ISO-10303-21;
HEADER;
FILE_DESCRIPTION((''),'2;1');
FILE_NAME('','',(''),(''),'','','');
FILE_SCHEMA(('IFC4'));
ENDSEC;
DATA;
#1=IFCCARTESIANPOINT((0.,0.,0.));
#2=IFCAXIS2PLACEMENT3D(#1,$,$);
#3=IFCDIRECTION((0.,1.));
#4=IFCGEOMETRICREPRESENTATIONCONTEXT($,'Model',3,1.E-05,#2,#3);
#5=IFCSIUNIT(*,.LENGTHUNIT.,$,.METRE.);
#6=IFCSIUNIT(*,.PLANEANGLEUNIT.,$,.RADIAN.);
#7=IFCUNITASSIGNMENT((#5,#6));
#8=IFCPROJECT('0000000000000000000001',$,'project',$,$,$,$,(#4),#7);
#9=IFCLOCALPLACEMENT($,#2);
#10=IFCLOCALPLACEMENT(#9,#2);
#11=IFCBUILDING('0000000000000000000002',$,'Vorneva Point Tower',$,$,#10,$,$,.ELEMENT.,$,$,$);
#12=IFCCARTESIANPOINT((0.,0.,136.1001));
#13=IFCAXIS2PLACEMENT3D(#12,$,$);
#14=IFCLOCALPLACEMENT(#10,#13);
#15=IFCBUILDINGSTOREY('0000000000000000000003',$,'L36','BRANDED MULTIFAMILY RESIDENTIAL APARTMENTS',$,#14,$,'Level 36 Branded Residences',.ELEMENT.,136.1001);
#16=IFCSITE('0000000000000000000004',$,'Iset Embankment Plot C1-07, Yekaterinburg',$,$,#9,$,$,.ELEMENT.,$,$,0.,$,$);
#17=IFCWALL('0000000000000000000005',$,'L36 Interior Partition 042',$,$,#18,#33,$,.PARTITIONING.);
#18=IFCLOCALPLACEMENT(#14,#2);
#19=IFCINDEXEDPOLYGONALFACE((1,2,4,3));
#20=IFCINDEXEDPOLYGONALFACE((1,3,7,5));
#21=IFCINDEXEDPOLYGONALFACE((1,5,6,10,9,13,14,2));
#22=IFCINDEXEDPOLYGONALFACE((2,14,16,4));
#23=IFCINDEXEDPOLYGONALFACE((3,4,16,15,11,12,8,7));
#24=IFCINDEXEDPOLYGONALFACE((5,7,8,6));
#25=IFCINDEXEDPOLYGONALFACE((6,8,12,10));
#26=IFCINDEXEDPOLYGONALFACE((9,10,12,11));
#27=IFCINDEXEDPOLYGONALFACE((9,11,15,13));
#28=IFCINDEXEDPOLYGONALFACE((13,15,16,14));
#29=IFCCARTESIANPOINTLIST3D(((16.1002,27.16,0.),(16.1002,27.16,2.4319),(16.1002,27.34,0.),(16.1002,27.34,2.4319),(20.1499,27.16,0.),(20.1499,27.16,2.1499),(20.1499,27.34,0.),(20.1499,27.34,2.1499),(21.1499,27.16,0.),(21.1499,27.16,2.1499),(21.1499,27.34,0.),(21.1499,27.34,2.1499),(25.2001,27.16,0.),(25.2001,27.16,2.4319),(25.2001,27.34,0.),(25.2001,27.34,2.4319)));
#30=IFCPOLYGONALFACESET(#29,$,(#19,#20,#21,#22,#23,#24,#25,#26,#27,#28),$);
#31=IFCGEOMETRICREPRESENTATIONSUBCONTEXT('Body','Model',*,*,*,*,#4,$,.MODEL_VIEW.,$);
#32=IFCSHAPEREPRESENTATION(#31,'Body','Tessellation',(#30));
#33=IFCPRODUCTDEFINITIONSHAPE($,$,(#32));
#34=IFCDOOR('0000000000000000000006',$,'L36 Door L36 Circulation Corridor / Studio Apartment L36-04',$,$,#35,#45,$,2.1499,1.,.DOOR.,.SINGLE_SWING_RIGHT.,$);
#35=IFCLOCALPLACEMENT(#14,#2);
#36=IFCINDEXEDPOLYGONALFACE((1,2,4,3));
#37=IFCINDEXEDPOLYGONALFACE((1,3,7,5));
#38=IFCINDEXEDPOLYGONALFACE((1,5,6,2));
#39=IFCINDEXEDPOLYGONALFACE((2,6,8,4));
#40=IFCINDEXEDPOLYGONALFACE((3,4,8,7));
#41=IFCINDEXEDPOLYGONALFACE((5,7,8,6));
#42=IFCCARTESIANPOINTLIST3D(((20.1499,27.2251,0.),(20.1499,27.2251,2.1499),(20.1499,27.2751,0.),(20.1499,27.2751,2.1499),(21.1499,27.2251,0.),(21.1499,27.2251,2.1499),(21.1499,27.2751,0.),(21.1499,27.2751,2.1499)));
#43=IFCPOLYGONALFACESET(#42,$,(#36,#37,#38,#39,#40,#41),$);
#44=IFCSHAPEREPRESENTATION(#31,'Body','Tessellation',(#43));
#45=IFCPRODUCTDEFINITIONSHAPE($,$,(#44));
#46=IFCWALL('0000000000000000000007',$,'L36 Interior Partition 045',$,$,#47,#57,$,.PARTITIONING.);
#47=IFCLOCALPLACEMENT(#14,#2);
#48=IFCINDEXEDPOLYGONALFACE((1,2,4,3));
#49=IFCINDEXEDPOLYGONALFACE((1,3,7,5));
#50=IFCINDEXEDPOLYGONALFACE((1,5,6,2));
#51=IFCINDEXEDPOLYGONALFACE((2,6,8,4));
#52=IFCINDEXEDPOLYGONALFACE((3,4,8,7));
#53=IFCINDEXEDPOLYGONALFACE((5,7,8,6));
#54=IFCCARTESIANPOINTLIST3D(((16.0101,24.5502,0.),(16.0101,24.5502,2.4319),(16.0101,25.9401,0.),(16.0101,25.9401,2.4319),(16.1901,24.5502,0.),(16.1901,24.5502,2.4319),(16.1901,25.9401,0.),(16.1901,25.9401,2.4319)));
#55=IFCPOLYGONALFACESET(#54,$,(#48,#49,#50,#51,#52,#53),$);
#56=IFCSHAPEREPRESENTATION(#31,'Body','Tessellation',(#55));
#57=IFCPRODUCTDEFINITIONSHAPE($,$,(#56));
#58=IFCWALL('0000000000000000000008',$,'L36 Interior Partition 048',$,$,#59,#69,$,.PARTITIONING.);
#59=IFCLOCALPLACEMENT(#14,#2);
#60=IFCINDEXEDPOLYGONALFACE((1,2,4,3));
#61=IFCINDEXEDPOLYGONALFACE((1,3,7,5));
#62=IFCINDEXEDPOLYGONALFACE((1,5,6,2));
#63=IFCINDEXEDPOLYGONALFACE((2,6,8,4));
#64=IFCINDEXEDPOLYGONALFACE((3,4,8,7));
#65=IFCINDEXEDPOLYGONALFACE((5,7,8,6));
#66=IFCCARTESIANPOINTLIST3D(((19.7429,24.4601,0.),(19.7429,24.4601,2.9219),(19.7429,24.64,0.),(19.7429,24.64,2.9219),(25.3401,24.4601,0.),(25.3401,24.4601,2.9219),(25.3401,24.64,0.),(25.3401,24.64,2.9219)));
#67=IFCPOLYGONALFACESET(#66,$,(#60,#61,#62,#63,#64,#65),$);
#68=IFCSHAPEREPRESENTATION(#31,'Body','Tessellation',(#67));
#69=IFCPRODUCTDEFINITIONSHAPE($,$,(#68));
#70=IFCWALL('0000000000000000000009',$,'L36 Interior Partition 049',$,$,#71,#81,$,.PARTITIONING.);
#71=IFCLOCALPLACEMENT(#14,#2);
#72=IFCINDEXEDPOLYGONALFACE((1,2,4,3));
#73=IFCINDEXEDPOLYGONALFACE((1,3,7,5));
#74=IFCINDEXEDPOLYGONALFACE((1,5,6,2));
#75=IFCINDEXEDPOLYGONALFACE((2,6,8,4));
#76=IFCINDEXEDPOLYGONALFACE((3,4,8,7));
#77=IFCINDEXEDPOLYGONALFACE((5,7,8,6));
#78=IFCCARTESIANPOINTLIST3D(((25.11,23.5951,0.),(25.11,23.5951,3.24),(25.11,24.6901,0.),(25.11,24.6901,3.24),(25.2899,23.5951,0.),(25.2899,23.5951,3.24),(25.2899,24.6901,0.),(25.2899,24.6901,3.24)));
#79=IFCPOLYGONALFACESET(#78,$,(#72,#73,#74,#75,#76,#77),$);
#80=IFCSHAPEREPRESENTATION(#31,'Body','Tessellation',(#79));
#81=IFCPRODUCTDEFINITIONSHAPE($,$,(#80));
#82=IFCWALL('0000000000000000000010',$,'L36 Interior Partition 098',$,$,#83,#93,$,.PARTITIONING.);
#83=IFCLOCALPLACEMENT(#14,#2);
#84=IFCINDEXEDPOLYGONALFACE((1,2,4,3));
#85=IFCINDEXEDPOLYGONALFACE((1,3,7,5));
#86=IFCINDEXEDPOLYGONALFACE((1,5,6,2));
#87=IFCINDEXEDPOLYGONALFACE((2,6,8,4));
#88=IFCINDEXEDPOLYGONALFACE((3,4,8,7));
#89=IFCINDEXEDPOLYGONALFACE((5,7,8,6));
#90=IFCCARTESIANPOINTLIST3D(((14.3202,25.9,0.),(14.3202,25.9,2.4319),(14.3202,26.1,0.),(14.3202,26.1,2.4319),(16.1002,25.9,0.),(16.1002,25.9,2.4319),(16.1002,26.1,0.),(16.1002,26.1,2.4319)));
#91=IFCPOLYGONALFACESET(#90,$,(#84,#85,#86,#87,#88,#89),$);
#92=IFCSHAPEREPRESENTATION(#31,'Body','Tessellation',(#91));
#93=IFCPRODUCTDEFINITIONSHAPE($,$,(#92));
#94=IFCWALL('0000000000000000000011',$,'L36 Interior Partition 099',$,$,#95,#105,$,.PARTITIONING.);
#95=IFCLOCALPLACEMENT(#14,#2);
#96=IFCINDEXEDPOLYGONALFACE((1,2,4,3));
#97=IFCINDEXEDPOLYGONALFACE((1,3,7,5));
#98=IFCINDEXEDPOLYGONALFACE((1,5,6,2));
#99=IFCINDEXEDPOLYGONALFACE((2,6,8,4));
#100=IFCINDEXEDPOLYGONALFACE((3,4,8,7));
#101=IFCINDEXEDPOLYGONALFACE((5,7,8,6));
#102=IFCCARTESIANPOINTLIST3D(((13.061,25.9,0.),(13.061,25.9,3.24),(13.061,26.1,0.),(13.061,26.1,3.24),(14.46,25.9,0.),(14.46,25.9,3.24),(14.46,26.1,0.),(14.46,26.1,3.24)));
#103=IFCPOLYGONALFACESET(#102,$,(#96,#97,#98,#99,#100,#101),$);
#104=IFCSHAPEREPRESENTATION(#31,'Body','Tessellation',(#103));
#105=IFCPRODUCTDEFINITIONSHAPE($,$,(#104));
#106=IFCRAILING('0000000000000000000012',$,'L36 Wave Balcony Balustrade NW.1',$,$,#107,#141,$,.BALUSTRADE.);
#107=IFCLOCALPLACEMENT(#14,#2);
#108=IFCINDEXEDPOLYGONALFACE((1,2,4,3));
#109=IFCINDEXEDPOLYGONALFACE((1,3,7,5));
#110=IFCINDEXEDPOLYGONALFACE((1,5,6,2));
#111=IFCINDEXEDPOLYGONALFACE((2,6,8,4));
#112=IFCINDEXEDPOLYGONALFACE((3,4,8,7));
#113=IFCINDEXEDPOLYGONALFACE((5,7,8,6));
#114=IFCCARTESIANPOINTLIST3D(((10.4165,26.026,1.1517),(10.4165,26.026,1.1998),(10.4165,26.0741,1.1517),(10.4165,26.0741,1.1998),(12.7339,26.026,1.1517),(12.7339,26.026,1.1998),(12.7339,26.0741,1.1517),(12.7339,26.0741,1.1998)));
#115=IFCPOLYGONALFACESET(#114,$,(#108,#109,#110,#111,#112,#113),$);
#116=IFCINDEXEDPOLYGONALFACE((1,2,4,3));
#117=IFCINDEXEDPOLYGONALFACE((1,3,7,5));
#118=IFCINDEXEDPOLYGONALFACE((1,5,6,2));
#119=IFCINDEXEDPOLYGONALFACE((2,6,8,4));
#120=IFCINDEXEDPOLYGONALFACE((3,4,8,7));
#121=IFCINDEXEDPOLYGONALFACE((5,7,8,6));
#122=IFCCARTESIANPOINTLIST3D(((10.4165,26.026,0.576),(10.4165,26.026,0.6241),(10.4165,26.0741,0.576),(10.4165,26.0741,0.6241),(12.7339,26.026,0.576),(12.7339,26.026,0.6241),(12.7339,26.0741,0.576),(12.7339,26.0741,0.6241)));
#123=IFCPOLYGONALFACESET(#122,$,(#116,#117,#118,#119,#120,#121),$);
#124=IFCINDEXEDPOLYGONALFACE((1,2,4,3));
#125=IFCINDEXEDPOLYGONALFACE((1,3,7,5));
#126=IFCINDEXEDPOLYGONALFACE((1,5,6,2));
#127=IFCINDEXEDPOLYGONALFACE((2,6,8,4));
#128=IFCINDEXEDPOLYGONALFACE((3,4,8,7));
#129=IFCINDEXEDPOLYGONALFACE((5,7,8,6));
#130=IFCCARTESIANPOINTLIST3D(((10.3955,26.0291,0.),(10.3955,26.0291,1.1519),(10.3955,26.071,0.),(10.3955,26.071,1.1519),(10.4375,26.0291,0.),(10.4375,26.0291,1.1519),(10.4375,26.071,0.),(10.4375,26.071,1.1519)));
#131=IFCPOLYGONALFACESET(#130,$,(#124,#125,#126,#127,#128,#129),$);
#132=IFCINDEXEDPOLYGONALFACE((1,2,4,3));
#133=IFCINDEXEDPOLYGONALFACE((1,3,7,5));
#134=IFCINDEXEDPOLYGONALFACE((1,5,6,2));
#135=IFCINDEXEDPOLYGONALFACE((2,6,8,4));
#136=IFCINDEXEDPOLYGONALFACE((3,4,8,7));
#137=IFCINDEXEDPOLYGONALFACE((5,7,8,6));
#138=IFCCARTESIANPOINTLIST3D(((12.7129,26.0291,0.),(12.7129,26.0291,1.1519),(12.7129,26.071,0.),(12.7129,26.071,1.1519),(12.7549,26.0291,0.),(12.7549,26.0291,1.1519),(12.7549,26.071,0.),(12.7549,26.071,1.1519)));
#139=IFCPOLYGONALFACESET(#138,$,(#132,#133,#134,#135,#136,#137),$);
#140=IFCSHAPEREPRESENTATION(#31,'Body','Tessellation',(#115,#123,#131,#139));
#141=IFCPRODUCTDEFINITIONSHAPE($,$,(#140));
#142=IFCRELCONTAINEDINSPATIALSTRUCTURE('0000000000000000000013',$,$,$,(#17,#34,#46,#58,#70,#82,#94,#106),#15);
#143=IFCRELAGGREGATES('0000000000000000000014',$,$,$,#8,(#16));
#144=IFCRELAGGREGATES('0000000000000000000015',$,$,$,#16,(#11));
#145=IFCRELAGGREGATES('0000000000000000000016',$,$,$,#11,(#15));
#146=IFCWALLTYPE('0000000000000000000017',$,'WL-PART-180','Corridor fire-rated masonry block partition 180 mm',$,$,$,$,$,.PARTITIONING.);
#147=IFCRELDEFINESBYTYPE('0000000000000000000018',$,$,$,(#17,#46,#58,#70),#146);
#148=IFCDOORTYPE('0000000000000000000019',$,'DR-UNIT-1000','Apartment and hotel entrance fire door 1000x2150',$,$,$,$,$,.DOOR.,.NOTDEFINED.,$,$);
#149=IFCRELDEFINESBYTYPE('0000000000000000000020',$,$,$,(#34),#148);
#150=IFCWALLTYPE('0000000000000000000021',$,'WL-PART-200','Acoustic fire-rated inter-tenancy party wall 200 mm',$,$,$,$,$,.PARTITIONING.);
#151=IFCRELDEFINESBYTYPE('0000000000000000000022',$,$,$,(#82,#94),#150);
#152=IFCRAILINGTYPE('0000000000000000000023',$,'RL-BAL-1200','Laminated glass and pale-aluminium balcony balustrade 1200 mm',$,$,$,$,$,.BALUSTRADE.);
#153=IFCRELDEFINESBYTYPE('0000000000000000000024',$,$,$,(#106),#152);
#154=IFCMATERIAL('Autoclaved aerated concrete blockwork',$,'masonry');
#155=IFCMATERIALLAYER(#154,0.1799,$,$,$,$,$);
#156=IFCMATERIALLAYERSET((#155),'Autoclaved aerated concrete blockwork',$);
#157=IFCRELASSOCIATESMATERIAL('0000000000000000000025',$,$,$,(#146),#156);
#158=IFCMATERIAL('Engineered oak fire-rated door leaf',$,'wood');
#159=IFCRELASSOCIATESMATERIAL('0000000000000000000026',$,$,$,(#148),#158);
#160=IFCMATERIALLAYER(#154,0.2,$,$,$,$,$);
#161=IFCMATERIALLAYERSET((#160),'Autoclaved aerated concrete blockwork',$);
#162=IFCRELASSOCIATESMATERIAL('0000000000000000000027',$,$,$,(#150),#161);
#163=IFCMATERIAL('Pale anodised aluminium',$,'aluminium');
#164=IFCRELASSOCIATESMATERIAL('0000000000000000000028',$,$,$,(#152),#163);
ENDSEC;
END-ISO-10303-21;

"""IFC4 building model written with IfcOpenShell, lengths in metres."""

from ifc_helpers import new_model, si_unit, direction, frame, frame_2d, origin, origin_2d, place, context, subcontext, project, spatial, rectangle, extrude, material, layer, layer_set, type_object, element, fill, save


model = new_model("IFC4")

# Units and contexts
model_context = context("Model", 3, precision=1e-05, world=origin(), true_north=direction((0.0, 1.0)))
body_context = subcontext(model_context, "Body", "Model", "MODEL_VIEW")
ifc_project = project(units=[si_unit("LENGTHUNIT", "METRE"), si_unit("PLANEANGLEUNIT", "RADIAN")], contexts=[model_context])

# Site, building, storey
site_placement = place(None, origin())
site = spatial("IfcSite", under=ifc_project, at=site_placement, Name="Iset Embankment Plot C1-07, Yekaterinburg", CompositionType="ELEMENT", RefElevation=0.0)
building_placement = place(site_placement, origin())
building = spatial("IfcBuilding", under=site, at=building_placement, Name="Vorneva Point Tower", CompositionType="ELEMENT")
storey_placement = place(building_placement, frame((0.0, 0.0, 136.1001)))
storey = spatial("IfcBuildingStorey", under=building, at=storey_placement, Name="L36", Description="BRANDED MULTIFAMILY RESIDENTIAL APARTMENTS", LongName="Level 36 Branded Residences", CompositionType="ELEMENT", Elevation=136.1001)

# Shared definitions
ifc_material_1 = material(Name="Pale anodised aluminium", Category="aluminium")

# Shared definitions
ifc_material_2 = material(Name="Autoclaved aerated concrete blockwork", Category="masonry")
ifc_layer_1 = layer(ifc_material_2, 0.1799)
ifc_layer_set_1 = layer_set([ifc_layer_1], Name="Autoclaved aerated concrete blockwork")
wall_type_1 = type_object("IfcWallType", Name="WL-PART-180", Description="Corridor fire-rated masonry block partition 180 mm", PredefinedType="PARTITIONING", material=ifc_layer_set_1)

# Wall, opening, door
wall_1_placement = place(storey_placement, frame((25.2, 27.25, 0.0), z_axis=(0.0, 0.0, 1.0), x_axis=(-1.0, 0.0, 0.0)))
wall_1 = element("IfcWall", 1, at=wall_1_placement, inside=storey, type_object=wall_type_1, Name="L36 Interior Partition 042", PredefinedType="PARTITIONING", context=body_context, shape_type="SweptSolid", body=[
    extrude(rectangle(XDim=9.0999, YDim=0.1799, at=frame_2d((4.5498, 0.0))), origin(), (0.0, 0.0, 1.0), 2.4319),
])
opening_1_placement = place(wall_1_placement, frame((4.05, 0.0, 0.0)))
opening_1 = element("IfcOpeningElement", 2, at=opening_1_placement, cuts=wall_1, PredefinedType="OPENING", context=body_context, shape_type="SweptSolid", body=[
    extrude(rectangle(XDim=1.0, YDim=2.1499, at=frame_2d((0.5, 1.075))), frame((0.0, 0.105, 0.0), z_axis=(0.0, -1.0, 0.0), x_axis=(1.0, 0.0, 0.0)), (0.0, 0.0, 1.0), 0.2097),
])
ifc_material_3 = material(Name="Engineered oak fire-rated door leaf", Category="wood")
door_type = type_object("IfcDoorType", Name="DR-UNIT-1000", Description="Apartment and hotel entrance fire door 1000x2150", OperationType="NOTDEFINED", PredefinedType="DOOR", material=ifc_material_3)
door_1_placement = place(opening_1_placement, origin())
door_1 = element("IfcDoor", 3, at=door_1_placement, inside=storey, type_object=door_type, Name="L36 Door L36 Circulation Corridor / Studio Apartment L36-04", OperationType="SINGLE_SWING_RIGHT", OverallHeight=2.1499, OverallWidth=1.0, PredefinedType="DOOR", context=body_context, shape_type="SweptSolid", body=[
    extrude(rectangle(XDim=1.0, YDim=2.1499, at=frame_2d((0.5, 1.075))), frame((0.0, 0.0249, 0.0), z_axis=(0.0, -1.0, 0.0), x_axis=(1.0, 0.0, 0.0)), (0.0, 0.0, 1.0), 0.05),
])
fill(opening_1, door_1)

# Wall
wall_2_placement = place(storey_placement, frame((16.1001, 25.9399, 0.0), z_axis=(0.0, 0.0, 1.0), x_axis=(0.0, -1.0, 0.0)))
element("IfcWall", 4, at=wall_2_placement, inside=storey, type_object=wall_type_1, Name="L36 Interior Partition 045", PredefinedType="PARTITIONING", context=body_context, shape_type="SweptSolid", body=[
    extrude(rectangle(XDim=1.3899, YDim=0.1799, at=frame_2d((0.6948, 0.0))), origin(), (0.0, 0.0, 1.0), 2.4319),
])

# Walls
wall_3_placement = place(storey_placement, frame((19.7429, 24.55, 0.0), z_axis=(0.0, 0.0, 1.0), x_axis=(1.0, 0.0, 0.0)))
element("IfcWall", 5, at=wall_3_placement, inside=storey, type_object=wall_type_1, Name="L36 Interior Partition 048", PredefinedType="PARTITIONING", context=body_context, shape_type="SweptSolid", body=[
    extrude(rectangle(XDim=5.5972, YDim=0.1799, at=frame_2d((2.7986, 0.0))), origin(), (0.0, 0.0, 1.0), 2.9219),
])
wall_4_placement = place(storey_placement, frame((25.2, 24.6899, 0.0), z_axis=(0.0, 0.0, 1.0), x_axis=(0.0, -1.0, 0.0)))
element("IfcWall", 6, at=wall_4_placement, inside=storey, type_object=wall_type_1, Name="L36 Interior Partition 049", PredefinedType="PARTITIONING", context=body_context, shape_type="SweptSolid", body=[
    extrude(rectangle(XDim=1.095, YDim=0.1799, at=frame_2d((0.5474, 0.0))), origin(), (0.0, 0.0, 1.0), 3.24),
])
ifc_layer_2 = layer(ifc_material_2, 0.2)
ifc_layer_set_2 = layer_set([ifc_layer_2], Name="Autoclaved aerated concrete blockwork")
wall_type_2 = type_object("IfcWallType", Name="WL-PART-200", Description="Acoustic fire-rated inter-tenancy party wall 200 mm", PredefinedType="PARTITIONING", material=ifc_layer_set_2)
wall_5_placement = place(storey_placement, frame((14.3201, 26.0, 0.0), z_axis=(0.0, 0.0, 1.0), x_axis=(1.0, 0.0, 0.0)))
element("IfcWall", 7, at=wall_5_placement, inside=storey, type_object=wall_type_2, Name="L36 Interior Partition 098", PredefinedType="PARTITIONING", context=body_context, shape_type="SweptSolid", body=[
    extrude(rectangle(XDim=1.78, YDim=0.2, at=frame_2d((0.8901, 0.0))), origin(), (0.0, 0.0, 1.0), 2.4319),
])
wall_6_placement = place(storey_placement, frame((13.061, 26.0, 0.0), z_axis=(0.0, 0.0, 1.0), x_axis=(1.0, 0.0, 0.0)))
element("IfcWall", 8, at=wall_6_placement, inside=storey, type_object=wall_type_2, Name="L36 Interior Partition 099", PredefinedType="PARTITIONING", context=body_context, shape_type="SweptSolid", body=[
    extrude(rectangle(XDim=1.3989, YDim=0.2, at=frame_2d((0.6995, 0.0))), origin(), (0.0, 0.0, 1.0), 3.24),
])

# Railing
railing_type = type_object("IfcRailingType", Name="RL-BAL-1200", Description="Laminated glass and pale-aluminium balcony balustrade 1200 mm", PredefinedType="BALUSTRADE", material=ifc_material_1)
railing_placement = place(storey_placement, frame((10.4165, 26.05, 0.0)))
element("IfcRailing", 9, at=railing_placement, inside=storey, type_object=railing_type, Name="L36 Wave Balcony Balustrade NW.1", PredefinedType="BALUSTRADE", context=body_context, shape_type="SweptSolid", body=[
    extrude(rectangle(XDim=0.0481, YDim=0.0481, at=origin_2d()), frame((0.0, 0.0, 1.1758), z_axis=(1.0, 0.0, 0.0), x_axis=(0.0, 1.0, 0.0)), (0.0, 0.0, 1.0), 2.3174),
    extrude(rectangle(XDim=0.0481, YDim=0.0481, at=origin_2d()), frame((0.0, 0.0, 0.6001), z_axis=(1.0, 0.0, 0.0), x_axis=(0.0, 1.0, 0.0)), (0.0, 0.0, 1.0), 2.3174),
    extrude(rectangle(XDim=0.042, YDim=0.042, at=origin_2d()), origin(), (0.0, 0.0, 1.0), 1.1519),
    extrude(rectangle(XDim=0.042, YDim=0.042, at=origin_2d()), frame((2.3174, 0.0, 0.0)), (0.0, 0.0, 1.0), 1.1519),
])

save(model, "model.ifc")
